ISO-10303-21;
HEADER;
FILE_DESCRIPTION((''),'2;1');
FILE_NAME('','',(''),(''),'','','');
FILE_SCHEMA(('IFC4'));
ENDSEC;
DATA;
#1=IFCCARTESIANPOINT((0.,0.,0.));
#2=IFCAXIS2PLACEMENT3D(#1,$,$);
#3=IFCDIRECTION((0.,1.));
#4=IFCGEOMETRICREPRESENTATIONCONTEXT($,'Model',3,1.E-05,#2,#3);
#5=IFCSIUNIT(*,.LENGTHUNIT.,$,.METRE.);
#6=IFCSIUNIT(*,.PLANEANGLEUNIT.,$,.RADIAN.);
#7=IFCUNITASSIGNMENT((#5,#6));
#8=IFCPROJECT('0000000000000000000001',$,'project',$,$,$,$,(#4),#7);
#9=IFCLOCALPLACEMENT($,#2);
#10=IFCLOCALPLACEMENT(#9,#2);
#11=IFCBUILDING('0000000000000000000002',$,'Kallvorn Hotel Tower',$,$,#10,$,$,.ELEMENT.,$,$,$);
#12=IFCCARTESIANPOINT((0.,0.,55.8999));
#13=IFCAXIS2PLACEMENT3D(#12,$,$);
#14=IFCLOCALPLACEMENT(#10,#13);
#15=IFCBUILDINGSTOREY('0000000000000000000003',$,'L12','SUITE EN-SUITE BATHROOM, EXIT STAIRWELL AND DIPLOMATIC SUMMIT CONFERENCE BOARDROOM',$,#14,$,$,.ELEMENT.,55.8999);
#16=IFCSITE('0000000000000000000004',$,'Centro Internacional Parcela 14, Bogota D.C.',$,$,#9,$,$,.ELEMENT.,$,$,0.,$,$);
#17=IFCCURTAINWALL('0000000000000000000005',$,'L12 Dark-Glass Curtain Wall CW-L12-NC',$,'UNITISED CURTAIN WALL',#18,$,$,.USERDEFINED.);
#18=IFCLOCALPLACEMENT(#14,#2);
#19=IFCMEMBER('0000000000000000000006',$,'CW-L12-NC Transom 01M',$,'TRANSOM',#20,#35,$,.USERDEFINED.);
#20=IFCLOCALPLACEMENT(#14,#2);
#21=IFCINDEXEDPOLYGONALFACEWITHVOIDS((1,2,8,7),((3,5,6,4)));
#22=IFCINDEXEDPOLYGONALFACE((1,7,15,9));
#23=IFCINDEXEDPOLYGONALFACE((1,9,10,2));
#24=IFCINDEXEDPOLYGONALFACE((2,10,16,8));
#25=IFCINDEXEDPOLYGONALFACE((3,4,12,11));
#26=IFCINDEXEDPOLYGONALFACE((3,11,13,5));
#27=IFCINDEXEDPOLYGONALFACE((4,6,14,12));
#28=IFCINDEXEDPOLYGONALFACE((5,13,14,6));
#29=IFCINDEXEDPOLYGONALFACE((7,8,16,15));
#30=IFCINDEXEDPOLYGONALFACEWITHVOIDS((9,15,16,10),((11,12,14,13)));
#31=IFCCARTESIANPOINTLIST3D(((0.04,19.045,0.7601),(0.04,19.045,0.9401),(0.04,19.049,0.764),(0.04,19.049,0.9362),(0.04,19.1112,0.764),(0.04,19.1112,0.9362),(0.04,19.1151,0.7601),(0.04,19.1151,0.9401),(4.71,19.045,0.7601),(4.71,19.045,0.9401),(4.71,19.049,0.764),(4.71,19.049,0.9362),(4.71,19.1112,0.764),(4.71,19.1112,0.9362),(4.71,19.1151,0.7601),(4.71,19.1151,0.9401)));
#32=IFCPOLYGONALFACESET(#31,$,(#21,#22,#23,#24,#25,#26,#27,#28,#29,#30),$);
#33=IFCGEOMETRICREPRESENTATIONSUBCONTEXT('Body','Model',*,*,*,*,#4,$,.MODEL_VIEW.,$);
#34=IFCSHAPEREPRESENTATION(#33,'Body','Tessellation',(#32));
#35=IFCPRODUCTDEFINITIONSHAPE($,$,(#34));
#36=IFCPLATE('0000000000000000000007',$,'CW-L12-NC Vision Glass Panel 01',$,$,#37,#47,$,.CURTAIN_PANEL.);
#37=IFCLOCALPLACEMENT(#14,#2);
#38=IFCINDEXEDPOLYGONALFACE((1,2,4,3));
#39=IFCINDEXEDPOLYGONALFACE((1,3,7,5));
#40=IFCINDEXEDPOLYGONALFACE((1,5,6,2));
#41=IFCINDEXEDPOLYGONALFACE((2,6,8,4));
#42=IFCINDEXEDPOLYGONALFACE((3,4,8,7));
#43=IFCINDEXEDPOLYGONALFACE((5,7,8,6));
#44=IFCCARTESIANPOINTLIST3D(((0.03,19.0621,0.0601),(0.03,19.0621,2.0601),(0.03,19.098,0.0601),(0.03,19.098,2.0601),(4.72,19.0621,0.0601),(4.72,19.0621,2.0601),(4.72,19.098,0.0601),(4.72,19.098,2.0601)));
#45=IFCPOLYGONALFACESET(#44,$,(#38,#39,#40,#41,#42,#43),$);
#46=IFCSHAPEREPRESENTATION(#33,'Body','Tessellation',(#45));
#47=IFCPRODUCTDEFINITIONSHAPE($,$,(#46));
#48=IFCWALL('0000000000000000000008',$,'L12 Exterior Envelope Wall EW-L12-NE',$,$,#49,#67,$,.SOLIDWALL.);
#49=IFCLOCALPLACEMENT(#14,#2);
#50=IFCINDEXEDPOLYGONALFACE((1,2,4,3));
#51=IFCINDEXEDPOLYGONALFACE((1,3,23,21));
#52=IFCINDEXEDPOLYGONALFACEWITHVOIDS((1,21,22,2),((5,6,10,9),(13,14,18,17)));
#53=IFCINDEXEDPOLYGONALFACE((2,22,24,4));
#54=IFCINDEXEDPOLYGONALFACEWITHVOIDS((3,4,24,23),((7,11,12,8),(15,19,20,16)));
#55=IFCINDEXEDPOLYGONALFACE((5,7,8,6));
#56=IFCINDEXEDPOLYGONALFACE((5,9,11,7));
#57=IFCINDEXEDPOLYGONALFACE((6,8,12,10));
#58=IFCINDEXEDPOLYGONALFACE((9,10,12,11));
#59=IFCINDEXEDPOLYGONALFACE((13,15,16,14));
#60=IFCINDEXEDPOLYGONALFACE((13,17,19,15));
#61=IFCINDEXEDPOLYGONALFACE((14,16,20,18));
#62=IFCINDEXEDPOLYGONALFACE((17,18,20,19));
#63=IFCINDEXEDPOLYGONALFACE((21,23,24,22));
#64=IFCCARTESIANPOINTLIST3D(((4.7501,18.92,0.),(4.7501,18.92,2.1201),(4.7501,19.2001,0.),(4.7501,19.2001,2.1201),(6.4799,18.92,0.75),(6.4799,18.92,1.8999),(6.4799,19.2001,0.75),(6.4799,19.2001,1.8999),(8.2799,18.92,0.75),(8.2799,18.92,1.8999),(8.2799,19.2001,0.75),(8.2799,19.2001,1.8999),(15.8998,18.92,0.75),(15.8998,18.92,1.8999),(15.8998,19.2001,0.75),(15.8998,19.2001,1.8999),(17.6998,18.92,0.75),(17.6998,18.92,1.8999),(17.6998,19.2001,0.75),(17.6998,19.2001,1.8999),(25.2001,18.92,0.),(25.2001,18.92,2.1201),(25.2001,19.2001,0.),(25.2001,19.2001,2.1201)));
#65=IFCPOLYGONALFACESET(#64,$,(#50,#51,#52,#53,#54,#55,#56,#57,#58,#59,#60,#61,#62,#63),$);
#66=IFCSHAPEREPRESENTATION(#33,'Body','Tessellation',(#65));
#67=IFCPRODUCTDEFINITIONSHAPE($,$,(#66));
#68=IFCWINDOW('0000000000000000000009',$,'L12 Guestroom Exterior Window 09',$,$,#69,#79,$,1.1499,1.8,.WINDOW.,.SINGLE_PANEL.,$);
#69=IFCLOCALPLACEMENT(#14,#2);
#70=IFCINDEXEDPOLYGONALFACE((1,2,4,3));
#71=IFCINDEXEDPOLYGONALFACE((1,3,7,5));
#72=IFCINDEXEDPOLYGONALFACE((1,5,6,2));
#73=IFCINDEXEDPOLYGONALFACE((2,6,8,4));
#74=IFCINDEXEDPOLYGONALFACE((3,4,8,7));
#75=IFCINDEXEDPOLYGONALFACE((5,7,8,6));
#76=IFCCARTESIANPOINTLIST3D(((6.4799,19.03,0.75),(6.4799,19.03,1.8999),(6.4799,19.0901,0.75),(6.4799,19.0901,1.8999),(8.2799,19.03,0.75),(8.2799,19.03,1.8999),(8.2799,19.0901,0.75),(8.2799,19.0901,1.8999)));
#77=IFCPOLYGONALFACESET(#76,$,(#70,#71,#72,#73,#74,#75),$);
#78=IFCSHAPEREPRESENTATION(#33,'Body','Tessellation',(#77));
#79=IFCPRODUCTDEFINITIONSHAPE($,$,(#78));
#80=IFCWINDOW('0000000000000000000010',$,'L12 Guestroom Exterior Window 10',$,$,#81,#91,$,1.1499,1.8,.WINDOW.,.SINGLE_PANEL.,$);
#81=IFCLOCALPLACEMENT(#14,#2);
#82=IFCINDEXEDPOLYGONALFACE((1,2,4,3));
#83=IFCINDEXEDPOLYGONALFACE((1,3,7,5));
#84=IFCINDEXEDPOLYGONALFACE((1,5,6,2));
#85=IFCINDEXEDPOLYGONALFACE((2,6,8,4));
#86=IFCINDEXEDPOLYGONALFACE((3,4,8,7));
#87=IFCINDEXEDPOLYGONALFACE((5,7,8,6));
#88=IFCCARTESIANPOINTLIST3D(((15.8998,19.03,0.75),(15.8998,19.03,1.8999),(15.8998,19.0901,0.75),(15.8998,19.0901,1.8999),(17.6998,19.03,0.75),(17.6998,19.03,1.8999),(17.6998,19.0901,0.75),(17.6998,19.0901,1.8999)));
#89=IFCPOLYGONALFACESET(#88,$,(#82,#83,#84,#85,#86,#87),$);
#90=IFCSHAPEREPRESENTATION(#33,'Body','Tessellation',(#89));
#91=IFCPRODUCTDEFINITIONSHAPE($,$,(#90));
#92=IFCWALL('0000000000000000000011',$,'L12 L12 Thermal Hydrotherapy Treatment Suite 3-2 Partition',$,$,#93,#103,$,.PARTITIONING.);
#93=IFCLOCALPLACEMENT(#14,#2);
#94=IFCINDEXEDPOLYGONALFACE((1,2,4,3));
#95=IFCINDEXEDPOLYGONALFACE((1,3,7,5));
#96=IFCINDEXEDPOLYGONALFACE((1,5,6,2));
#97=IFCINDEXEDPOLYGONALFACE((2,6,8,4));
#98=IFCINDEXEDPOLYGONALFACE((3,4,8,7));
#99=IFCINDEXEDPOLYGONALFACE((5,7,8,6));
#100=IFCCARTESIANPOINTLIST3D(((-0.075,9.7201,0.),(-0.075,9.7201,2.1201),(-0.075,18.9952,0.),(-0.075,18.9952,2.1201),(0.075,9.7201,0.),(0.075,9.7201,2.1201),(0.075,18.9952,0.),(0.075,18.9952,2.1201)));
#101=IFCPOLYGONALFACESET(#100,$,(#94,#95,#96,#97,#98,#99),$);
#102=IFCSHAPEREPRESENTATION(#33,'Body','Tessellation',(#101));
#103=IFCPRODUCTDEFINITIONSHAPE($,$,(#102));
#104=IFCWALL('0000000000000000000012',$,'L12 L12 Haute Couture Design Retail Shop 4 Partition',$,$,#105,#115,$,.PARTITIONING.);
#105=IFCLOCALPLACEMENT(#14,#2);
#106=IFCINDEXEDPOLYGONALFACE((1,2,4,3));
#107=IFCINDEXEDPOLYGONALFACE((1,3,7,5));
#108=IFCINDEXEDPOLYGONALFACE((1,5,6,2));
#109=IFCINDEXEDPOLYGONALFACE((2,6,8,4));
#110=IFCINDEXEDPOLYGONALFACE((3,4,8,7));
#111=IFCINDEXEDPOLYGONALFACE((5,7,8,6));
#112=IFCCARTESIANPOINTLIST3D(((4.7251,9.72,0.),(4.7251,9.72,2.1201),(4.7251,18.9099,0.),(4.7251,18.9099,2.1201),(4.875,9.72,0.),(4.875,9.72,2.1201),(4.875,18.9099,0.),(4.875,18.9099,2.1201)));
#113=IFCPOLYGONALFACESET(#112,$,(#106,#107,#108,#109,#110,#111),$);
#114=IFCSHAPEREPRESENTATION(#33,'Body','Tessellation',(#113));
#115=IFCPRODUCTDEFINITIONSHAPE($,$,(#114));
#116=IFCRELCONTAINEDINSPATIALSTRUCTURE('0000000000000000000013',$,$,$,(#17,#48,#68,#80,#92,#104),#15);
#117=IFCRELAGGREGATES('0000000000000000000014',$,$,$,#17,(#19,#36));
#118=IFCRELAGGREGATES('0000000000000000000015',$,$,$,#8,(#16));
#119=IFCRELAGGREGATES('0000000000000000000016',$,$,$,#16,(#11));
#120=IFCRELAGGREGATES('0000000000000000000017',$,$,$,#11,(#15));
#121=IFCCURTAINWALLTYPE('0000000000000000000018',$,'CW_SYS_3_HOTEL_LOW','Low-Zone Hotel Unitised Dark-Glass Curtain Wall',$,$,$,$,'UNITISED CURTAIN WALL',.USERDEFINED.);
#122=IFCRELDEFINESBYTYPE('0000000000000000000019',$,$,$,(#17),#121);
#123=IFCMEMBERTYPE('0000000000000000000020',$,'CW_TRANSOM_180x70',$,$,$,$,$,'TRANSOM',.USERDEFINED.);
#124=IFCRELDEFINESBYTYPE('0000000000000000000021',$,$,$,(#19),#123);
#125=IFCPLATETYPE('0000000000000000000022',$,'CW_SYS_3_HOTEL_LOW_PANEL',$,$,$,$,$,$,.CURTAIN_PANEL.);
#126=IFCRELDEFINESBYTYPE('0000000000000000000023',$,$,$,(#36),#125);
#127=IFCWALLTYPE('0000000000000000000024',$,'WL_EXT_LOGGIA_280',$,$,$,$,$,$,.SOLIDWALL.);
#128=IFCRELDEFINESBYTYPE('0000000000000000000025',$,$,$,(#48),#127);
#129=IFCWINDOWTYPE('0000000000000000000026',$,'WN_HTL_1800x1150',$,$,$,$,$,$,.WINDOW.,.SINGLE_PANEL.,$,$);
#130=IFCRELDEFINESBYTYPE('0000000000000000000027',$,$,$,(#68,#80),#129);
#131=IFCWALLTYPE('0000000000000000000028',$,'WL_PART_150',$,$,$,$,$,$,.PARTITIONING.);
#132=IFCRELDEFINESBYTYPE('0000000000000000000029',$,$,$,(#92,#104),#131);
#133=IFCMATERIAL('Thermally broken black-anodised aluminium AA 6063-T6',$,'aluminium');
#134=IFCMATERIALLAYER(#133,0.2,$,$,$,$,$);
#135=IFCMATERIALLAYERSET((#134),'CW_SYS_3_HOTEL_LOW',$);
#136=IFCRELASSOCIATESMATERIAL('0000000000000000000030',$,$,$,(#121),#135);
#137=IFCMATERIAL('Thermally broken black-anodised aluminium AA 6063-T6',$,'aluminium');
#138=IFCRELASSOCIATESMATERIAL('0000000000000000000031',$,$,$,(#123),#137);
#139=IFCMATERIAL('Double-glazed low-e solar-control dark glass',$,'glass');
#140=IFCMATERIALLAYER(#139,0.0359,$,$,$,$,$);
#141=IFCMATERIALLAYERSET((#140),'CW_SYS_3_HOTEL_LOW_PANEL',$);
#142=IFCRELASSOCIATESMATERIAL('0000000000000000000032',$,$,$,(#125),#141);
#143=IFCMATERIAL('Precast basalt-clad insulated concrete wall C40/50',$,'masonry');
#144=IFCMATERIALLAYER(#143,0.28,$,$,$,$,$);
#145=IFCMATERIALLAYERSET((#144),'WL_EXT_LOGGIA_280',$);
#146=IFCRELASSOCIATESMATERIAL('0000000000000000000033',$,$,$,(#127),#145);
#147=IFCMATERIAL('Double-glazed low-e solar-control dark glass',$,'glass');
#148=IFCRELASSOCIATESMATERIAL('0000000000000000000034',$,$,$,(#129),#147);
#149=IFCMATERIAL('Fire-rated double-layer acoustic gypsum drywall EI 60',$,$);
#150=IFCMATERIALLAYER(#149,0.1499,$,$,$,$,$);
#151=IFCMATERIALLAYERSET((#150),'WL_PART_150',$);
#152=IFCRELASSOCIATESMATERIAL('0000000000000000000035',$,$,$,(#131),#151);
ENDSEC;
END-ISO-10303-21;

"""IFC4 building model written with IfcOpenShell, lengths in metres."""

from ifc_helpers import new_model, si_unit, direction, frame, frame_2d, origin, origin_2d, place, context, subcontext, project, spatial, rectangle, hollow_rectangle, extrude, material, layer, layer_set, material_profile, profile_set, type_object, element, fill, aggregate, save


model = new_model("IFC4")

# Units and contexts
model_context = context("Model", 3, precision=1e-05, world=origin(), true_north=direction((0.0, 1.0)))
body_context = subcontext(model_context, "Body", "Model", "MODEL_VIEW")
ifc_project = project(units=[si_unit("LENGTHUNIT", "METRE"), si_unit("PLANEANGLEUNIT", "RADIAN")], contexts=[model_context])

# Site, building, storey
site_placement = place(None, origin())
site = spatial("IfcSite", under=ifc_project, at=site_placement, Name="Centro Internacional Parcela 14, Bogota D.C.", CompositionType="ELEMENT", RefElevation=0.0)
building_placement = place(site_placement, origin())
building = spatial("IfcBuilding", under=site, at=building_placement, Name="Kallvorn Hotel Tower", CompositionType="ELEMENT")
storey_placement = place(building_placement, frame((0.0, 0.0, 55.8999)))
storey = spatial("IfcBuildingStorey", under=building, at=storey_placement, Name="L12", Description="SUITE EN-SUITE BATHROOM, EXIT STAIRWELL AND DIPLOMATIC SUMMIT CONFERENCE BOARDROOM", CompositionType="ELEMENT", Elevation=55.8999)

# Curtain wall, member, plate
ifc_material_1 = material(Name="Thermally broken black-anodised aluminium AA 6063-T6", Category="aluminium")
ifc_layer_1 = layer(ifc_material_1, 0.2)
ifc_layer_set_1 = layer_set([ifc_layer_1], Name="CW_SYS_3_HOTEL_LOW")
curtain_wall_type = type_object("IfcCurtainWallType", Name="CW_SYS_3_HOTEL_LOW", Description="Low-Zone Hotel Unitised Dark-Glass Curtain Wall", ElementType="UNITISED CURTAIN WALL", PredefinedType="USERDEFINED", material=ifc_layer_set_1)
curtain_wall_placement = place(storey_placement, origin())
curtain_wall = element("IfcCurtainWall", 1, at=curtain_wall_placement, inside=storey, type_object=curtain_wall_type, Name="L12 Dark-Glass Curtain Wall CW-L12-NC", ObjectType="UNITISED CURTAIN WALL", PredefinedType="USERDEFINED")
ifc_material_2 = material(Name="Thermally broken black-anodised aluminium AA 6063-T6", Category="aluminium")
ifc_material_profile_1 = material_profile(ifc_material_2, hollow_rectangle(XDim=0.0701, YDim=0.1799, WallThickness=0.0039, at=origin_2d()), Name="TRN 180x70")
ifc_profile_set_1 = profile_set([ifc_material_profile_1], Name="Thermally broken black-anodised aluminium AA 6063-T6")
member_type_1 = type_object("IfcMemberType", Name="CW_TRANSOM_180x70", ElementType="TRANSOM", PredefinedType="USERDEFINED", material=ifc_profile_set_1)
member_1_placement = place(storey_placement, frame((0.04, 19.0801, 0.8501), z_axis=(1.0, 0.0, 0.0), x_axis=(0.0, 1.0, 0.0)))
member_1 = element("IfcMember", 2, at=member_1_placement, type_object=member_type_1, Name="CW-L12-NC Transom 01M", ObjectType="TRANSOM", PredefinedType="USERDEFINED", context=body_context, shape_type="SweptSolid", body=[
    extrude(hollow_rectangle(XDim=0.0701, YDim=0.1799, WallThickness=0.0039, at=origin_2d()), origin(), (0.0, 0.0, 1.0), 4.6699),
])
ifc_material_3 = material(Name="Double-glazed low-e solar-control dark glass", Category="glass")
ifc_layer_2 = layer(ifc_material_3, 0.0359)
ifc_layer_set_2 = layer_set([ifc_layer_2], Name="CW_SYS_3_HOTEL_LOW_PANEL")
plate_type = type_object("IfcPlateType", Name="CW_SYS_3_HOTEL_LOW_PANEL", PredefinedType="CURTAIN_PANEL", material=ifc_layer_set_2)
plate_placement = place(storey_placement, frame((2.375, 19.0801, 0.0601), z_axis=(0.0, 0.0, 1.0), x_axis=(1.0, 0.0, 0.0)))
plate = element("IfcPlate", 3, at=plate_placement, type_object=plate_type, Name="CW-L12-NC Vision Glass Panel 01", PredefinedType="CURTAIN_PANEL", context=body_context, shape_type="SweptSolid", body=[
    extrude(rectangle(XDim=4.6899, YDim=0.0359, at=origin_2d()), origin(), (0.0, 0.0, 1.0), 2.0),
])
aggregate(curtain_wall, [member_1, plate])

# Wall, openings, windows
ifc_material_4 = material(Name="Precast basalt-clad insulated concrete wall C40/50", Category="masonry")
ifc_layer_3 = layer(ifc_material_4, 0.28)
ifc_layer_set_3 = layer_set([ifc_layer_3], Name="WL_EXT_LOGGIA_280")
wall_type_1 = type_object("IfcWallType", Name="WL_EXT_LOGGIA_280", PredefinedType="SOLIDWALL", material=ifc_layer_set_3)
wall_1_placement = place(storey_placement, frame((4.75, 19.0601, 0.0), z_axis=(0.0, 0.0, 1.0), x_axis=(1.0, 0.0, 0.0)))
wall_1 = element("IfcWall", 4, at=wall_1_placement, inside=storey, type_object=wall_type_1, Name="L12 Exterior Envelope Wall EW-L12-NE", PredefinedType="SOLIDWALL", context=body_context, shape_type="SweptSolid", body=[
    extrude(rectangle(XDim=20.45, YDim=0.28, at=frame_2d((10.2251, 0.0))), origin(), (0.0, 0.0, 1.0), 2.1201),
])
opening_1_placement = place(wall_1_placement, frame((1.73, 0.0, 0.75)))
opening_1 = element("IfcOpeningElement", 5, at=opening_1_placement, cuts=wall_1, PredefinedType="OPENING", context=body_context, shape_type="SweptSolid", body=[
    extrude(rectangle(XDim=1.8, YDim=1.1499, at=frame_2d((0.8999, 0.575))), frame((0.0, 0.155, 0.0), z_axis=(0.0, -1.0, 0.0), x_axis=(1.0, 0.0, 0.0)), (0.0, 0.0, 1.0), 0.3101),
])
opening_2_placement = place(wall_1_placement, frame((11.1499, 0.0, 0.75)))
opening_2 = element("IfcOpeningElement", 6, at=opening_2_placement, cuts=wall_1, PredefinedType="OPENING", context=body_context, shape_type="SweptSolid", body=[
    extrude(rectangle(XDim=1.8, YDim=1.1499, at=frame_2d((0.8999, 0.575))), frame((0.0, 0.155, 0.0), z_axis=(0.0, -1.0, 0.0), x_axis=(1.0, 0.0, 0.0)), (0.0, 0.0, 1.0), 0.3101),
])
ifc_material_5 = material(Name="Double-glazed low-e solar-control dark glass", Category="glass")
window_type = type_object("IfcWindowType", Name="WN_HTL_1800x1150", PartitioningType="SINGLE_PANEL", PredefinedType="WINDOW", material=ifc_material_5)
window_1_placement = place(opening_1_placement, origin())
window_1 = element("IfcWindow", 7, at=window_1_placement, inside=storey, type_object=window_type, Name="L12 Guestroom Exterior Window 09", OverallHeight=1.1499, OverallWidth=1.8, PartitioningType="SINGLE_PANEL", PredefinedType="WINDOW", context=body_context, shape_type="SweptSolid", body=[
    extrude(rectangle(XDim=1.8, YDim=1.1499, at=frame_2d((0.8999, 0.575))), frame((0.0, 0.03, 0.0), z_axis=(0.0, -1.0, 0.0), x_axis=(1.0, 0.0, 0.0)), (0.0, 0.0, 1.0), 0.0601),
])
fill(opening_1, window_1)
window_2_placement = place(opening_2_placement, origin())
window_2 = element("IfcWindow", 8, at=window_2_placement, inside=storey, type_object=window_type, Name="L12 Guestroom Exterior Window 10", OverallHeight=1.1499, OverallWidth=1.8, PartitioningType="SINGLE_PANEL", PredefinedType="WINDOW", context=body_context, shape_type="SweptSolid", body=[
    extrude(rectangle(XDim=1.8, YDim=1.1499, at=frame_2d((0.8999, 0.575))), frame((0.0, 0.03, 0.0), z_axis=(0.0, -1.0, 0.0), x_axis=(1.0, 0.0, 0.0)), (0.0, 0.0, 1.0), 0.0601),
])
fill(opening_2, window_2)

# Walls
ifc_material_6 = material(Name="Fire-rated double-layer acoustic gypsum drywall EI 60")
ifc_layer_4 = layer(ifc_material_6, 0.1499)
ifc_layer_set_4 = layer_set([ifc_layer_4], Name="WL_PART_150")
wall_type_2 = type_object("IfcWallType", Name="WL_PART_150", PredefinedType="PARTITIONING", material=ifc_layer_set_4)
wall_2_placement = place(storey_placement, frame((0.0, 9.72, 0.0), z_axis=(0.0, 0.0, 1.0), x_axis=(0.0, 1.0, 0.0)))
element("IfcWall", 9, at=wall_2_placement, inside=storey, type_object=wall_type_2, Name="L12 L12 Thermal Hydrotherapy Treatment Suite 3-2 Partition", PredefinedType="PARTITIONING", context=body_context, shape_type="SweptSolid", body=[
    extrude(rectangle(XDim=9.2751, YDim=0.1499, at=frame_2d((4.6377, 0.0))), origin(), (0.0, 0.0, 1.0), 2.1201),
])
wall_3_placement = place(storey_placement, frame((4.8, 9.72, 0.0), z_axis=(0.0, 0.0, 1.0), x_axis=(0.0, 1.0, 0.0)))
element("IfcWall", 10, at=wall_3_placement, inside=storey, type_object=wall_type_2, Name="L12 L12 Haute Couture Design Retail Shop 4 Partition", PredefinedType="PARTITIONING", context=body_context, shape_type="SweptSolid", body=[
    extrude(rectangle(XDim=9.1899, YDim=0.1499, at=frame_2d((4.595, 0.0))), origin(), (0.0, 0.0, 1.0), 2.1201),
])

save(model, "model.ifc")
